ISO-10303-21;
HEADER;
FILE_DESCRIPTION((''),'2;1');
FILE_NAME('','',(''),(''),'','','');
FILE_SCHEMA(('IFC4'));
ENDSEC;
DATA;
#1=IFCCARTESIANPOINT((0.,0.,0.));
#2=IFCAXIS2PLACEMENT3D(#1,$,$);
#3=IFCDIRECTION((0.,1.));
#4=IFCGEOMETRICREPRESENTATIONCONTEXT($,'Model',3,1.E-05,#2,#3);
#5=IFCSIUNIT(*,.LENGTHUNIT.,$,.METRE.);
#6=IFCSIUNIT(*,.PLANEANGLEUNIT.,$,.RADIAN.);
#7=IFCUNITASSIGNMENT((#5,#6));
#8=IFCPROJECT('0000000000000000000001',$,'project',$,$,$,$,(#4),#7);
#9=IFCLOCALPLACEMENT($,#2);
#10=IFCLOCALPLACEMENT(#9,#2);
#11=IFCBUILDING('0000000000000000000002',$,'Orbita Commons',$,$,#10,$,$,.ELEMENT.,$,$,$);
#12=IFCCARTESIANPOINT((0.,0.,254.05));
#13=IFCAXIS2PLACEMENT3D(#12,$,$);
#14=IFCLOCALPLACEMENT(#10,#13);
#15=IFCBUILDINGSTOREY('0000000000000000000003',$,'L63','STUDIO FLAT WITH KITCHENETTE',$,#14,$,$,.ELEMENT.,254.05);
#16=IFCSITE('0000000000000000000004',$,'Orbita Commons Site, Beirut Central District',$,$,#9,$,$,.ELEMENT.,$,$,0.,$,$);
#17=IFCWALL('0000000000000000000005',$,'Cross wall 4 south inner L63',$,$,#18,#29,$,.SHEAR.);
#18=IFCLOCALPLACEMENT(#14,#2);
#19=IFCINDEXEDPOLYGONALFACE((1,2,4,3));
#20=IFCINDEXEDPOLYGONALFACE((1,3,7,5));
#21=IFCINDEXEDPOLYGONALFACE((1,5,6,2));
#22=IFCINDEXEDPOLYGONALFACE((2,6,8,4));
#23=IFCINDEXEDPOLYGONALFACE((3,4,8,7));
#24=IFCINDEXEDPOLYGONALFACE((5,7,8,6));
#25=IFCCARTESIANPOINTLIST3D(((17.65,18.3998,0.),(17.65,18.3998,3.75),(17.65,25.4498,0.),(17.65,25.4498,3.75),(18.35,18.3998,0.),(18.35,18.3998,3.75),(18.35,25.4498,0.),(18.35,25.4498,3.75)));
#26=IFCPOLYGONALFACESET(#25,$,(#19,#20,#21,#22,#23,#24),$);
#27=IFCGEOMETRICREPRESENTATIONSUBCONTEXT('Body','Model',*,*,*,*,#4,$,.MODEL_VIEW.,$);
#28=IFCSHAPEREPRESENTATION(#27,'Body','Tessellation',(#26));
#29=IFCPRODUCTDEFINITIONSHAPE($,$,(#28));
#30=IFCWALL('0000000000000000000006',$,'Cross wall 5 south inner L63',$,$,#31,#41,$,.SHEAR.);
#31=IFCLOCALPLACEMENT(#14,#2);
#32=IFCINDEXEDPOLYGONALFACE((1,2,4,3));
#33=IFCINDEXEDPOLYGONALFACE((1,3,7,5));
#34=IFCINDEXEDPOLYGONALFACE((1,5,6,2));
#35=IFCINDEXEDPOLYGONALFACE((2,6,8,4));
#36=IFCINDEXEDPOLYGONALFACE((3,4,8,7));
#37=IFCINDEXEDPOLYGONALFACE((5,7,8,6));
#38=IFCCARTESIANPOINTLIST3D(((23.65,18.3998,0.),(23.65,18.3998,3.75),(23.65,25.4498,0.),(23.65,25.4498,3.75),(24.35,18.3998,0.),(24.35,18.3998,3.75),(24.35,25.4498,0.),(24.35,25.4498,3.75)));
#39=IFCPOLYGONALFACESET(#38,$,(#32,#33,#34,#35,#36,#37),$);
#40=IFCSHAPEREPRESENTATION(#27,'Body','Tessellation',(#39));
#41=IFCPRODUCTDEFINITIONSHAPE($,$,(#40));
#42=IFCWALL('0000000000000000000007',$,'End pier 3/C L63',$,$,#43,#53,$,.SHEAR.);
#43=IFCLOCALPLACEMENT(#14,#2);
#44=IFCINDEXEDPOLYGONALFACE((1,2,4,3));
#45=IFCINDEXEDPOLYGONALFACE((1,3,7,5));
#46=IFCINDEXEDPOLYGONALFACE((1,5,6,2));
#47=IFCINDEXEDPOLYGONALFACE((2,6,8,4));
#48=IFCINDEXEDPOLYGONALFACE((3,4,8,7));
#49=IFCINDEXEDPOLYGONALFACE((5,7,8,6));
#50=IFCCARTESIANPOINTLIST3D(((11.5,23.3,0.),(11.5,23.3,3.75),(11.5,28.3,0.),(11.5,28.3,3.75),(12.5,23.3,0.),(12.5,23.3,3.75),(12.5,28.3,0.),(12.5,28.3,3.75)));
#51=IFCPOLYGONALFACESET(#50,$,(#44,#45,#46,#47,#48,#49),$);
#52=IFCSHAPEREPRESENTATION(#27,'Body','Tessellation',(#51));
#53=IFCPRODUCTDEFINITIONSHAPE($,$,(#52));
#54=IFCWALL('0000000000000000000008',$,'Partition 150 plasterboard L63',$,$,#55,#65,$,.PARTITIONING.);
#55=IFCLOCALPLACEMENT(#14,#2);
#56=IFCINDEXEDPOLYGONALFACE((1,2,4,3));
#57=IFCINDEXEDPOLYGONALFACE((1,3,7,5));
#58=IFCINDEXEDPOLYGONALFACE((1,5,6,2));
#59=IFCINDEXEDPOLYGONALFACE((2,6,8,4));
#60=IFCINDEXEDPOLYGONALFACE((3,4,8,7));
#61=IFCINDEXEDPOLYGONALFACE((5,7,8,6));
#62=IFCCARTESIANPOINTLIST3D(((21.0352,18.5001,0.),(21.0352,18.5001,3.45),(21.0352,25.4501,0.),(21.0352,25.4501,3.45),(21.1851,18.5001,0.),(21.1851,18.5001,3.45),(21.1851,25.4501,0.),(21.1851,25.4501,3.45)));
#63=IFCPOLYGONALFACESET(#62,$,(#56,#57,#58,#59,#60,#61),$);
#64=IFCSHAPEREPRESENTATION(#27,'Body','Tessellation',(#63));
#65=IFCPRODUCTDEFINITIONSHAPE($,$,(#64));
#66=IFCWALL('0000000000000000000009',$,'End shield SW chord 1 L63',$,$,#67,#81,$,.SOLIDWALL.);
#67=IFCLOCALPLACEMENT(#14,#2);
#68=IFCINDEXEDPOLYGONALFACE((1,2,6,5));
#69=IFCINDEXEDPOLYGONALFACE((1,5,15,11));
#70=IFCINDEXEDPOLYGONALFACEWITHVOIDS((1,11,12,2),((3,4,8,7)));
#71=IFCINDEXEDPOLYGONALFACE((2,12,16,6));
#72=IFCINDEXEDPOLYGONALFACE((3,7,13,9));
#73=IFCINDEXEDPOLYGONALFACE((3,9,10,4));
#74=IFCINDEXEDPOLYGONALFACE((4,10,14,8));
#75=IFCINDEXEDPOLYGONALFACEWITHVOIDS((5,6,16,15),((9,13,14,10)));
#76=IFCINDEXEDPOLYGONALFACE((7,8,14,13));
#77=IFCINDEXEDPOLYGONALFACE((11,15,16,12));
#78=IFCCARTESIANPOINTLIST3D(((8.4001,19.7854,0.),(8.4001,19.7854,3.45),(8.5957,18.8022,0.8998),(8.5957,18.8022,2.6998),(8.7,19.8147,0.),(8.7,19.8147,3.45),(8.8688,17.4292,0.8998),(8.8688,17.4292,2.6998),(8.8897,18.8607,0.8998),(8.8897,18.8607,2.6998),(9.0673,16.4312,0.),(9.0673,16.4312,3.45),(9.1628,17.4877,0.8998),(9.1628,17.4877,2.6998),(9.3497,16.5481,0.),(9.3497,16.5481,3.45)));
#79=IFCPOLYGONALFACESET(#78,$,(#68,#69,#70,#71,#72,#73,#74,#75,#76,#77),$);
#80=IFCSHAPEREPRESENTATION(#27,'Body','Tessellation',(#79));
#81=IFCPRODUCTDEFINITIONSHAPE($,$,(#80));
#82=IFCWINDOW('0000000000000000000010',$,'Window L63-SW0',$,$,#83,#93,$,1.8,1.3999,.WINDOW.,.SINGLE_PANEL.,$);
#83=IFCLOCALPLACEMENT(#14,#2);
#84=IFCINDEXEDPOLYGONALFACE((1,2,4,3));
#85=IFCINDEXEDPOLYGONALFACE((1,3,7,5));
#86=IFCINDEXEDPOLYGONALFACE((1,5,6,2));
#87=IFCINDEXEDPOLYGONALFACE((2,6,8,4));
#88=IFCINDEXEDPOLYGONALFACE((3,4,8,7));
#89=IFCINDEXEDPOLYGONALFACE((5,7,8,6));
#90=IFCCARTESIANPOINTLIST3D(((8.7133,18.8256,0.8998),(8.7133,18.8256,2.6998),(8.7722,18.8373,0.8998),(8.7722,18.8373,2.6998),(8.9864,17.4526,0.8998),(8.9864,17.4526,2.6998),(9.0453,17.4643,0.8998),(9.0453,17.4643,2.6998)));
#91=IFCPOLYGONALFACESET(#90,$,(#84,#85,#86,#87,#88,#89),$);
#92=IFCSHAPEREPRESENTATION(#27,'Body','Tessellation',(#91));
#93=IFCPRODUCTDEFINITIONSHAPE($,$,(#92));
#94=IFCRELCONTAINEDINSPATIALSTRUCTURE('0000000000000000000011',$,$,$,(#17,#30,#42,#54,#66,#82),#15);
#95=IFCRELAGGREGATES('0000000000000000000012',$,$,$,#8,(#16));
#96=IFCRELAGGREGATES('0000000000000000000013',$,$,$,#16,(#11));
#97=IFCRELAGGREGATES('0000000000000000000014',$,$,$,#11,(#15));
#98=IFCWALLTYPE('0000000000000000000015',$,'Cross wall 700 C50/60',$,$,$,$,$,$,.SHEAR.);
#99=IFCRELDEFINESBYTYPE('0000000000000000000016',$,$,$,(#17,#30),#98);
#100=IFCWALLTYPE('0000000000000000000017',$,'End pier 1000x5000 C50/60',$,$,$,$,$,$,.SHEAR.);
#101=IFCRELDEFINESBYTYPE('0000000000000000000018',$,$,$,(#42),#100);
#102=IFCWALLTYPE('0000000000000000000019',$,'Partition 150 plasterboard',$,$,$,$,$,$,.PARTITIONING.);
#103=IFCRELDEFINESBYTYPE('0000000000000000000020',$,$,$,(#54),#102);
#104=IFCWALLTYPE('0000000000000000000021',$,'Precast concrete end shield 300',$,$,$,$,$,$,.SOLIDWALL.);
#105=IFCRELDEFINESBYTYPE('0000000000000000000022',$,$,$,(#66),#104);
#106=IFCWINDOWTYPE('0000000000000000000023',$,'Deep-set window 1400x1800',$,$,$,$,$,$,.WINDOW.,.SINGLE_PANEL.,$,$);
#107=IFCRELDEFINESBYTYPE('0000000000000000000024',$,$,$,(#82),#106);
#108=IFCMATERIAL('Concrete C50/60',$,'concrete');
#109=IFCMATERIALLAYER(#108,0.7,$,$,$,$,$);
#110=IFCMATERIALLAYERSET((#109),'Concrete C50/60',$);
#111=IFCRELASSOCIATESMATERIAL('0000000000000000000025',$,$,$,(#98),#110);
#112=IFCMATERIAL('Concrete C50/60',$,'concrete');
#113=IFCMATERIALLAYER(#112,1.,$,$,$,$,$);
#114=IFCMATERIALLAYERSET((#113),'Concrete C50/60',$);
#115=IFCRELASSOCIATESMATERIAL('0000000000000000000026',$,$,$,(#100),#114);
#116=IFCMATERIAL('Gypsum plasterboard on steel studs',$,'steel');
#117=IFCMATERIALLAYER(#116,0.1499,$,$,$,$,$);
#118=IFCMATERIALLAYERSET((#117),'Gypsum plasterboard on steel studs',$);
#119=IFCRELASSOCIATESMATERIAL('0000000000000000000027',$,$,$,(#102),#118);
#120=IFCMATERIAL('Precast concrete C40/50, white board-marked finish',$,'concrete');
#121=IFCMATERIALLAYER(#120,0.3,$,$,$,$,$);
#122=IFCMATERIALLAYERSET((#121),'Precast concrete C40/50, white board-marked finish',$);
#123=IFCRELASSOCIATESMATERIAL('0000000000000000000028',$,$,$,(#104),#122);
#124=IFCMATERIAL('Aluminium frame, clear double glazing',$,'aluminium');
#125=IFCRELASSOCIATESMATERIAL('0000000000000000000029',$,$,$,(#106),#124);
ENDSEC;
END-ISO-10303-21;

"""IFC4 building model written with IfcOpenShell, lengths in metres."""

from ifc_helpers import new_model, si_unit, direction, frame, frame_2d, origin, place, context, subcontext, project, spatial, polyline, rectangle, outline, extrude, material, layer, layer_set, type_object, element, fill, save


model = new_model("IFC4")

# Units and contexts
model_context = context("Model", 3, precision=1e-05, world=origin(), true_north=direction((0.0, 1.0)))
body_context = subcontext(model_context, "Body", "Model", "MODEL_VIEW")
ifc_project = project(units=[si_unit("LENGTHUNIT", "METRE"), si_unit("PLANEANGLEUNIT", "RADIAN")], contexts=[model_context])

# Site, building, storey
site_placement = place(None, origin())
site = spatial("IfcSite", under=ifc_project, at=site_placement, Name="Orbita Commons Site, Beirut Central District", CompositionType="ELEMENT", RefElevation=0.0)
building_placement = place(site_placement, origin())
building = spatial("IfcBuilding", under=site, at=building_placement, Name="Orbita Commons", CompositionType="ELEMENT")
storey_placement = place(building_placement, frame((0.0, 0.0, 254.05)))
storey = spatial("IfcBuildingStorey", under=building, at=storey_placement, Name="L63", Description="STUDIO FLAT WITH KITCHENETTE", CompositionType="ELEMENT", Elevation=254.05)

# Walls
ifc_material_1 = material(Name="Concrete C50/60", Category="concrete")
ifc_layer_1 = layer(ifc_material_1, 0.7)
ifc_layer_set_1 = layer_set([ifc_layer_1], Name="Concrete C50/60")
wall_type_1 = type_object("IfcWallType", Name="Cross wall 700 C50/60", PredefinedType="SHEAR", material=ifc_layer_set_1)
for number, where, z_axis, x_axis, name in (
    (1, (18.0, 18.3999, 0.0), (0.0, 0.0, 1.0), (0.0, 1.0, 0.0), "Cross wall 4 south inner L63"),
    (2, (24.0, 18.3999, 0.0), (0.0, 0.0, 1.0), (0.0, 1.0, 0.0), "Cross wall 5 south inner L63"),
):
    element("IfcWall", number, at=place(storey_placement, frame(where, z_axis=z_axis, x_axis=x_axis)), inside=storey, type_object=wall_type_1, Name=name, PredefinedType="SHEAR", context=body_context, shape_type="SweptSolid", body=[
        extrude(rectangle(XDim=7.05, YDim=0.7, at=frame_2d((3.5249, 0.0))), origin(), (0.0, 0.0, 1.0), 3.75),
    ])
ifc_material_2 = material(Name="Concrete C50/60", Category="concrete")
ifc_layer_2 = layer(ifc_material_2, 1.0)
ifc_layer_set_2 = layer_set([ifc_layer_2], Name="Concrete C50/60")
wall_type_2 = type_object("IfcWallType", Name="End pier 1000x5000 C50/60", PredefinedType="SHEAR", material=ifc_layer_set_2)
wall_1_placement = place(storey_placement, frame((12.0, 23.3, 0.0), z_axis=(0.0, 0.0, 1.0), x_axis=(0.0, 1.0, 0.0)))
element("IfcWall", 3, at=wall_1_placement, inside=storey, type_object=wall_type_2, Name="End pier 3/C L63", PredefinedType="SHEAR", context=body_context, shape_type="SweptSolid", body=[
    extrude(rectangle(XDim=5.0, YDim=1.0, at=frame_2d((2.5, 0.0))), origin(), (0.0, 0.0, 1.0), 3.75),
])
ifc_material_3 = material(Name="Gypsum plasterboard on steel studs", Category="steel")
ifc_layer_3 = layer(ifc_material_3, 0.1499)
ifc_layer_set_3 = layer_set([ifc_layer_3], Name="Gypsum plasterboard on steel studs")
wall_type_3 = type_object("IfcWallType", Name="Partition 150 plasterboard", PredefinedType="PARTITIONING", material=ifc_layer_set_3)
wall_2_placement = place(storey_placement, frame((21.1101, 18.5, 0.0), z_axis=(0.0, 0.0, 1.0), x_axis=(0.0, 1.0, 0.0)))
element("IfcWall", 4, at=wall_2_placement, inside=storey, type_object=wall_type_3, Name="Partition 150 plasterboard L63", PredefinedType="PARTITIONING", context=body_context, shape_type="SweptSolid", body=[
    extrude(rectangle(XDim=6.95, YDim=0.1499, at=frame_2d((3.4751, 0.0))), origin(), (0.0, 0.0, 1.0), 3.45),
])

# Wall, opening, window
ifc_material_4 = material(Name="Precast concrete C40/50, white board-marked finish", Category="concrete")
ifc_layer_4 = layer(ifc_material_4, 0.3)
ifc_layer_set_4 = layer_set([ifc_layer_4], Name="Precast concrete C40/50, white board-marked finish")
wall_type_4 = type_object("IfcWallType", Name="Precast concrete end shield 300", PredefinedType="SOLIDWALL", material=ifc_layer_set_4)
wall_3_placement = place(storey_placement, frame((8.55, 19.8, 0.0), z_axis=(0.0, 0.0, 1.0), x_axis=(0.195087, -0.980786, 0.0)))
wall_3 = element("IfcWall", 5, at=wall_3_placement, inside=storey, type_object=wall_type_4, Name="End shield SW chord 1 L63", PredefinedType="SOLIDWALL", context=body_context, shape_type="SweptSolid", body=[
    extrude(outline(polyline([(-0.0149, -0.1499), (3.405, -0.1499), (3.3455, 0.1499), (0.0149, 0.1499), (-0.0149, -0.1499)])), origin(), (0.0, 0.0, 1.0), 3.45),
])
opening_1_placement = place(wall_3_placement, frame((0.9875, 0.0, 0.8999)))
opening_1 = element("IfcOpeningElement", 6, at=opening_1_placement, cuts=wall_3, PredefinedType="OPENING", context=body_context, shape_type="SweptSolid", body=[
    extrude(rectangle(XDim=1.3999, YDim=1.8, at=frame_2d((0.7, 0.8999))), frame((0.0, 0.1599, 0.0), z_axis=(0.0, -1.0, 0.0), x_axis=(1.0, 0.0, 0.0)), (0.0, 0.0, 1.0), 0.3201),
])
ifc_material_5 = material(Name="Aluminium frame, clear double glazing", Category="aluminium")
window_type = type_object("IfcWindowType", Name="Deep-set window 1400x1800", PartitioningType="SINGLE_PANEL", PredefinedType="WINDOW", material=ifc_material_5)
window_placement = place(opening_1_placement, origin())
window = element("IfcWindow", 7, at=window_placement, inside=storey, type_object=window_type, Name="Window L63-SW0", OverallHeight=1.8, OverallWidth=1.3999, PartitioningType="SINGLE_PANEL", PredefinedType="WINDOW", context=body_context, shape_type="SweptSolid", body=[
    extrude(rectangle(XDim=1.3999, YDim=1.8, at=frame_2d((0.7, 0.8999))), frame((0.0, 0.03, 0.0), z_axis=(0.0, -1.0, 0.0), x_axis=(1.0, 0.0, 0.0)), (0.0, 0.0, 1.0), 0.0601),
])
fill(opening_1, window)

save(model, "model.ifc")
